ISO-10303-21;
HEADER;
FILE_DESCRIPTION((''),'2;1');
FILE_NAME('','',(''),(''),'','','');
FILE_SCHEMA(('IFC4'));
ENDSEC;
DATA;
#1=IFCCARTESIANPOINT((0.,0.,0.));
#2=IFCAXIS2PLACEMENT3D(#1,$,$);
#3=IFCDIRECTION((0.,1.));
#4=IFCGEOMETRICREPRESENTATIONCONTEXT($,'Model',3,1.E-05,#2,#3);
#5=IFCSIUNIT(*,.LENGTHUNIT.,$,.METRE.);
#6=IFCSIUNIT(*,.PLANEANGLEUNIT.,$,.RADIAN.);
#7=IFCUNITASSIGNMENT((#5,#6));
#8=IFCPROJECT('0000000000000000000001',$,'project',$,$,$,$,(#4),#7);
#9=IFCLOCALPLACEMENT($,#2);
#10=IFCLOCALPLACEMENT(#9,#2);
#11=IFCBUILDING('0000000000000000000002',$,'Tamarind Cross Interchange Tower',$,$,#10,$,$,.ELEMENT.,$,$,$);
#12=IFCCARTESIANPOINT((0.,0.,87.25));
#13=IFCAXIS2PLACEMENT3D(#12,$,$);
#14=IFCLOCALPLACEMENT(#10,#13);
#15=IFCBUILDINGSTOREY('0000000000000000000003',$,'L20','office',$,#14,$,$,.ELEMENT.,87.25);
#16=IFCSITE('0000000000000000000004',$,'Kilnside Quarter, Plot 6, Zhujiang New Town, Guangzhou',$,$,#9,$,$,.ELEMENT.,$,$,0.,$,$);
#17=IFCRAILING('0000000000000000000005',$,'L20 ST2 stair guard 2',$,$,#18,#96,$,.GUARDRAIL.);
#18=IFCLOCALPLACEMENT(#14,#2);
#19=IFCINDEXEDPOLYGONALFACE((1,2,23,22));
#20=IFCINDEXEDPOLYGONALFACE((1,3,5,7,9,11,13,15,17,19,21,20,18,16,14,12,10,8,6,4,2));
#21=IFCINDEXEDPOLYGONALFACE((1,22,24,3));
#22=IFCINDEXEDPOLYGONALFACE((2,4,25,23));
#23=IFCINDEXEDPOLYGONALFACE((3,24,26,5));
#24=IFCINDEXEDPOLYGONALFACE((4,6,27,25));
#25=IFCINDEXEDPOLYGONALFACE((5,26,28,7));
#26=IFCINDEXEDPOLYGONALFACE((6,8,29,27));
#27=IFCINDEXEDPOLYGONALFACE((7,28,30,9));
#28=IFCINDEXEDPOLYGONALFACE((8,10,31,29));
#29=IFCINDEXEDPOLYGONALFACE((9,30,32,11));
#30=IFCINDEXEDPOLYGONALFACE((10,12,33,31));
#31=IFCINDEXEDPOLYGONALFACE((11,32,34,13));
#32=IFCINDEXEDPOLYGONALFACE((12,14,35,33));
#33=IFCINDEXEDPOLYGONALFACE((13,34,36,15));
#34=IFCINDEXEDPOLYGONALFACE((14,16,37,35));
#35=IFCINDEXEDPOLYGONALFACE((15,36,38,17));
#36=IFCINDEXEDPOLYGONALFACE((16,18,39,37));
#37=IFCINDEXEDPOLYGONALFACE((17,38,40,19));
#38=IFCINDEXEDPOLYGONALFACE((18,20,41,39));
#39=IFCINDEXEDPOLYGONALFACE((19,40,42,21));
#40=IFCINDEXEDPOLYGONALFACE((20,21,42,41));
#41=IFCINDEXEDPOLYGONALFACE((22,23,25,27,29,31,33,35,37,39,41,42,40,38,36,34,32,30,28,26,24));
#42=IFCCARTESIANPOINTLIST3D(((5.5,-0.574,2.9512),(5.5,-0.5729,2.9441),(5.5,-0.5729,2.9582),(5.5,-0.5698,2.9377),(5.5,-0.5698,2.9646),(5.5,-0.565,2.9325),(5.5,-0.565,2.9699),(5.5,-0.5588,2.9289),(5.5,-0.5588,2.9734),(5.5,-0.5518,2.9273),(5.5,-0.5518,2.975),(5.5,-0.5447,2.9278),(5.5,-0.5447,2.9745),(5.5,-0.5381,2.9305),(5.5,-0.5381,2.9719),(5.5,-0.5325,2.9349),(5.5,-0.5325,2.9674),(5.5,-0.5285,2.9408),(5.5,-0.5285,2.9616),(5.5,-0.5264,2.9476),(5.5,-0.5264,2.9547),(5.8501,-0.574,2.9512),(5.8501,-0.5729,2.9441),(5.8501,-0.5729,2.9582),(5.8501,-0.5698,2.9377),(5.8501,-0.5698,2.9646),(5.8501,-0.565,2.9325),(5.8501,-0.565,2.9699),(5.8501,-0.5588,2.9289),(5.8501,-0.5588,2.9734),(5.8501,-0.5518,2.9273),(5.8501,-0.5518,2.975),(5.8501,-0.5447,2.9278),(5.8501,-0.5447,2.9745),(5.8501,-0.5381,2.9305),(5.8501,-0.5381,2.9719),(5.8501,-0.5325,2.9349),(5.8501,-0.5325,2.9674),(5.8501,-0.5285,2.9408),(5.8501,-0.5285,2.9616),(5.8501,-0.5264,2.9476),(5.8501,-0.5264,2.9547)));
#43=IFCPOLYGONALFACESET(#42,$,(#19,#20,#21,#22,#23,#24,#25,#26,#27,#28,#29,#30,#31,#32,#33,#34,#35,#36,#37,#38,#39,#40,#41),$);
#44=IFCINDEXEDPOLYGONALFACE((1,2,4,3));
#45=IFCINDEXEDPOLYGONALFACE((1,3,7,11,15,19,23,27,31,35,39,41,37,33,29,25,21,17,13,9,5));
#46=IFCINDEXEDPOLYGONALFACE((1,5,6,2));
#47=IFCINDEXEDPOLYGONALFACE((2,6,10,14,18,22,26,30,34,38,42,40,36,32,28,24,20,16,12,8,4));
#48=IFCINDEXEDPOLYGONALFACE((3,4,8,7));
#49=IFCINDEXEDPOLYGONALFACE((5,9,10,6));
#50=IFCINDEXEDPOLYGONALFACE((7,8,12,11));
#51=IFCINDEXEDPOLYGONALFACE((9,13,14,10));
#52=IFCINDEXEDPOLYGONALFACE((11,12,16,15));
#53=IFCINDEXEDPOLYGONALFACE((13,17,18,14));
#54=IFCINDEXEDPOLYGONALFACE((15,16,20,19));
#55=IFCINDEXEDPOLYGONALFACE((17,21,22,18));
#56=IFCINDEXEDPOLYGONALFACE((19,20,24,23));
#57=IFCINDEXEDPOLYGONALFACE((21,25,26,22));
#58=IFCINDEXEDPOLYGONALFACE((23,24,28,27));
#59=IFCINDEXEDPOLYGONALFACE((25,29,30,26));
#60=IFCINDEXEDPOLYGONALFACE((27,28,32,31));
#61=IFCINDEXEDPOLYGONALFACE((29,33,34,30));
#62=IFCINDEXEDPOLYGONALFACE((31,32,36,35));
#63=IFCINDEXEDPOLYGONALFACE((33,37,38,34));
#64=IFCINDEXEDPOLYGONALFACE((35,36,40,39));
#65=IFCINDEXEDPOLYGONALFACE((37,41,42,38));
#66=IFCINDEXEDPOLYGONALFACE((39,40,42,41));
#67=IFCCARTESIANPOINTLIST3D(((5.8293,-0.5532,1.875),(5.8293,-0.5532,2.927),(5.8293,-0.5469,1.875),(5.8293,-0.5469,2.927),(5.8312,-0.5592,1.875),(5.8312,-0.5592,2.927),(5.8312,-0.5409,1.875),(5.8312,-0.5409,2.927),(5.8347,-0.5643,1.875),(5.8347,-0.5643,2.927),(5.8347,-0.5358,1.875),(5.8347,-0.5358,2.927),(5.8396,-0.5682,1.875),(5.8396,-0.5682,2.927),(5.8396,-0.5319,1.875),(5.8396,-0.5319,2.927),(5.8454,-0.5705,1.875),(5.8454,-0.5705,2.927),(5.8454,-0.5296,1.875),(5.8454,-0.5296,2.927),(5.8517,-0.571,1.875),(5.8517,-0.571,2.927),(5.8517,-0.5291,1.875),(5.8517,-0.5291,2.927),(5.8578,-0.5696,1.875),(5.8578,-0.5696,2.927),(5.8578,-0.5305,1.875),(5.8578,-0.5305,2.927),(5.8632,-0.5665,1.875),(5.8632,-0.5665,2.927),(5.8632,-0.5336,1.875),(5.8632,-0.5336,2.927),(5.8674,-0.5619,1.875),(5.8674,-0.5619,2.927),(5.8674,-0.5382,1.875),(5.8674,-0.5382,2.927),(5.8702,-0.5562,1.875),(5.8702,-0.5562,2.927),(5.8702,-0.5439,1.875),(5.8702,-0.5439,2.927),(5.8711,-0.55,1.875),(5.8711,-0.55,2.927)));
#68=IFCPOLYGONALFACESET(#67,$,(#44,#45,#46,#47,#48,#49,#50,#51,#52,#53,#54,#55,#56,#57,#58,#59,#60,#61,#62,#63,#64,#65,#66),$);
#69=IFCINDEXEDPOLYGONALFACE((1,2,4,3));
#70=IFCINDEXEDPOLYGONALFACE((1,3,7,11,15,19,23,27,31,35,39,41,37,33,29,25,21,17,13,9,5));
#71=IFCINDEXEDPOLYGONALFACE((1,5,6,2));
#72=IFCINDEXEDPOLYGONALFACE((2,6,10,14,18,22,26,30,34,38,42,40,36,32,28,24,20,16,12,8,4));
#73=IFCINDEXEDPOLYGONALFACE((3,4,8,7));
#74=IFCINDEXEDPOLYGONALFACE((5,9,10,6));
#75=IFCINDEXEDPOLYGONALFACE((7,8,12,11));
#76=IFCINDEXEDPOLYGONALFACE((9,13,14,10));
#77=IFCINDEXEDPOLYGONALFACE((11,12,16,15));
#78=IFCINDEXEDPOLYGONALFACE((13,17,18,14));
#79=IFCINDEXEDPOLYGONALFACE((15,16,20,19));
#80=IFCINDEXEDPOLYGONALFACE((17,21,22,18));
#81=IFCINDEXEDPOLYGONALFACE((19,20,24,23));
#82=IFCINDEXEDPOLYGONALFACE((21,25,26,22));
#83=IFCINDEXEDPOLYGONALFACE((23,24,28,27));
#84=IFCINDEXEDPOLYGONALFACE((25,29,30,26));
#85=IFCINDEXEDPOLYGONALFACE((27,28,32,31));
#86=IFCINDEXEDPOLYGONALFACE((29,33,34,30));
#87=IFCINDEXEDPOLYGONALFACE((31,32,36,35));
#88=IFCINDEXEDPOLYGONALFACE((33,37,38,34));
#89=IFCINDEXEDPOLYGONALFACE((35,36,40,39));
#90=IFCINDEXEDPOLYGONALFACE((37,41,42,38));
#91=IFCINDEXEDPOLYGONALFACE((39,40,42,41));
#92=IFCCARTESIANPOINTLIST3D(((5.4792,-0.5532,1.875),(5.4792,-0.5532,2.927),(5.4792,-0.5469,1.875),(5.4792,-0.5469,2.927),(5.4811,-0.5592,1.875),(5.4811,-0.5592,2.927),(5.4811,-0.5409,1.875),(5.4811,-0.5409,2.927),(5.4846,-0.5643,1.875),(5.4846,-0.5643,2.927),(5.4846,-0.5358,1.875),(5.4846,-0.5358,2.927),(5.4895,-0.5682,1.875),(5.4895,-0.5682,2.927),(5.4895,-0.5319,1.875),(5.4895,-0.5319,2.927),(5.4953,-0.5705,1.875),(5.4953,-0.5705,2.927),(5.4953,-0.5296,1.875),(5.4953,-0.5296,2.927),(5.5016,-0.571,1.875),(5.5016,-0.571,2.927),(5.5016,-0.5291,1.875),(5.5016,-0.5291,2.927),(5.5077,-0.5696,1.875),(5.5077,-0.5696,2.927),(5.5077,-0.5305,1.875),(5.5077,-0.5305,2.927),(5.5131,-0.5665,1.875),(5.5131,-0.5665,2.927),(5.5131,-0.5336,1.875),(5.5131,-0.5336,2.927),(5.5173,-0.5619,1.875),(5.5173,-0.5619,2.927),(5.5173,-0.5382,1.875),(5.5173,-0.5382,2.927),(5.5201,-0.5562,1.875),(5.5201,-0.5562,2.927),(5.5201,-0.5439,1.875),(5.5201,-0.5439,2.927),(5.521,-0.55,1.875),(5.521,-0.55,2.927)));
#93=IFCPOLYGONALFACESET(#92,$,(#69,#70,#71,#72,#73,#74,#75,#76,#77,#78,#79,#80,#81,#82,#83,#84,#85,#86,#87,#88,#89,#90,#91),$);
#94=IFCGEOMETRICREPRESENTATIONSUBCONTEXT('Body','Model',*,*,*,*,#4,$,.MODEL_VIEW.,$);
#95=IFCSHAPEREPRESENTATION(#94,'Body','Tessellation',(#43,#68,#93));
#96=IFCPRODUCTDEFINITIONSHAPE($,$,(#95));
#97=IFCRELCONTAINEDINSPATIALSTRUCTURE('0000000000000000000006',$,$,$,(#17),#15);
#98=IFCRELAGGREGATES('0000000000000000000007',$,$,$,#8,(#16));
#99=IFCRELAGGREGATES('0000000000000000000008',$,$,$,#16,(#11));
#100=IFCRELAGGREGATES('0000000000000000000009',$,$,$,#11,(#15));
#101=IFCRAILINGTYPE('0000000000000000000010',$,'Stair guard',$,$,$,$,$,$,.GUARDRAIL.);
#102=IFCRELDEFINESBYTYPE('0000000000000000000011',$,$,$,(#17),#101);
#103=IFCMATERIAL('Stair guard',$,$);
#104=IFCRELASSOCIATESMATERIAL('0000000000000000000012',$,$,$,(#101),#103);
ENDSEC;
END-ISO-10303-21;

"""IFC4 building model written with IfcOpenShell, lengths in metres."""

from ifc_helpers import new_model, si_unit, direction, frame, origin, origin_2d, place, context, subcontext, project, spatial, circle, extrude, material, type_object, element, save


model = new_model("IFC4")

# Units and contexts
model_context = context("Model", 3, precision=1e-05, world=origin(), true_north=direction((0.0, 1.0)))
body_context = subcontext(model_context, "Body", "Model", "MODEL_VIEW")
ifc_project = project(units=[si_unit("LENGTHUNIT", "METRE"), si_unit("PLANEANGLEUNIT", "RADIAN")], contexts=[model_context])

# Site, building, storey
site_placement = place(None, origin())
site = spatial("IfcSite", under=ifc_project, at=site_placement, Name="Kilnside Quarter, Plot 6, Zhujiang New Town, Guangzhou", CompositionType="ELEMENT", RefElevation=0.0)
building_placement = place(site_placement, origin())
building = spatial("IfcBuilding", under=site, at=building_placement, Name="Tamarind Cross Interchange Tower", CompositionType="ELEMENT")
storey_placement = place(building_placement, frame((0.0, 0.0, 87.25)))
storey = spatial("IfcBuildingStorey", under=building, at=storey_placement, Name="L20", Description="office", CompositionType="ELEMENT", Elevation=87.25)

# Railing
ifc_material_1 = material(Name="Stair guard")
railing_type_1 = type_object("IfcRailingType", Name="Stair guard", PredefinedType="GUARDRAIL", material=ifc_material_1)
railing_1_placement = place(storey_placement, frame((5.8501, -0.55, 1.875)))
element("IfcRailing", 1, at=railing_1_placement, inside=storey, type_object=railing_type_1, Name="L20 ST2 stair guard 2", PredefinedType="GUARDRAIL", context=body_context, shape_type="SweptSolid", body=[
    extrude(circle(Radius=0.0239, at=origin_2d()), frame((0.0, 0.0, 1.0762), z_axis=(-1.0, 0.0, 0.0), x_axis=(0.0, -1.0, 0.0)), (0.0, 0.0, 1.0), 0.3501),
    extrude(circle(Radius=0.021, at=origin_2d()), origin(), (0.0, 0.0, 1.0), 1.052),
    extrude(circle(Radius=0.021, at=origin_2d()), frame((-0.3501, 0.0, 0.0)), (0.0, 0.0, 1.0), 1.052),
])

save(model, "model.ifc")
